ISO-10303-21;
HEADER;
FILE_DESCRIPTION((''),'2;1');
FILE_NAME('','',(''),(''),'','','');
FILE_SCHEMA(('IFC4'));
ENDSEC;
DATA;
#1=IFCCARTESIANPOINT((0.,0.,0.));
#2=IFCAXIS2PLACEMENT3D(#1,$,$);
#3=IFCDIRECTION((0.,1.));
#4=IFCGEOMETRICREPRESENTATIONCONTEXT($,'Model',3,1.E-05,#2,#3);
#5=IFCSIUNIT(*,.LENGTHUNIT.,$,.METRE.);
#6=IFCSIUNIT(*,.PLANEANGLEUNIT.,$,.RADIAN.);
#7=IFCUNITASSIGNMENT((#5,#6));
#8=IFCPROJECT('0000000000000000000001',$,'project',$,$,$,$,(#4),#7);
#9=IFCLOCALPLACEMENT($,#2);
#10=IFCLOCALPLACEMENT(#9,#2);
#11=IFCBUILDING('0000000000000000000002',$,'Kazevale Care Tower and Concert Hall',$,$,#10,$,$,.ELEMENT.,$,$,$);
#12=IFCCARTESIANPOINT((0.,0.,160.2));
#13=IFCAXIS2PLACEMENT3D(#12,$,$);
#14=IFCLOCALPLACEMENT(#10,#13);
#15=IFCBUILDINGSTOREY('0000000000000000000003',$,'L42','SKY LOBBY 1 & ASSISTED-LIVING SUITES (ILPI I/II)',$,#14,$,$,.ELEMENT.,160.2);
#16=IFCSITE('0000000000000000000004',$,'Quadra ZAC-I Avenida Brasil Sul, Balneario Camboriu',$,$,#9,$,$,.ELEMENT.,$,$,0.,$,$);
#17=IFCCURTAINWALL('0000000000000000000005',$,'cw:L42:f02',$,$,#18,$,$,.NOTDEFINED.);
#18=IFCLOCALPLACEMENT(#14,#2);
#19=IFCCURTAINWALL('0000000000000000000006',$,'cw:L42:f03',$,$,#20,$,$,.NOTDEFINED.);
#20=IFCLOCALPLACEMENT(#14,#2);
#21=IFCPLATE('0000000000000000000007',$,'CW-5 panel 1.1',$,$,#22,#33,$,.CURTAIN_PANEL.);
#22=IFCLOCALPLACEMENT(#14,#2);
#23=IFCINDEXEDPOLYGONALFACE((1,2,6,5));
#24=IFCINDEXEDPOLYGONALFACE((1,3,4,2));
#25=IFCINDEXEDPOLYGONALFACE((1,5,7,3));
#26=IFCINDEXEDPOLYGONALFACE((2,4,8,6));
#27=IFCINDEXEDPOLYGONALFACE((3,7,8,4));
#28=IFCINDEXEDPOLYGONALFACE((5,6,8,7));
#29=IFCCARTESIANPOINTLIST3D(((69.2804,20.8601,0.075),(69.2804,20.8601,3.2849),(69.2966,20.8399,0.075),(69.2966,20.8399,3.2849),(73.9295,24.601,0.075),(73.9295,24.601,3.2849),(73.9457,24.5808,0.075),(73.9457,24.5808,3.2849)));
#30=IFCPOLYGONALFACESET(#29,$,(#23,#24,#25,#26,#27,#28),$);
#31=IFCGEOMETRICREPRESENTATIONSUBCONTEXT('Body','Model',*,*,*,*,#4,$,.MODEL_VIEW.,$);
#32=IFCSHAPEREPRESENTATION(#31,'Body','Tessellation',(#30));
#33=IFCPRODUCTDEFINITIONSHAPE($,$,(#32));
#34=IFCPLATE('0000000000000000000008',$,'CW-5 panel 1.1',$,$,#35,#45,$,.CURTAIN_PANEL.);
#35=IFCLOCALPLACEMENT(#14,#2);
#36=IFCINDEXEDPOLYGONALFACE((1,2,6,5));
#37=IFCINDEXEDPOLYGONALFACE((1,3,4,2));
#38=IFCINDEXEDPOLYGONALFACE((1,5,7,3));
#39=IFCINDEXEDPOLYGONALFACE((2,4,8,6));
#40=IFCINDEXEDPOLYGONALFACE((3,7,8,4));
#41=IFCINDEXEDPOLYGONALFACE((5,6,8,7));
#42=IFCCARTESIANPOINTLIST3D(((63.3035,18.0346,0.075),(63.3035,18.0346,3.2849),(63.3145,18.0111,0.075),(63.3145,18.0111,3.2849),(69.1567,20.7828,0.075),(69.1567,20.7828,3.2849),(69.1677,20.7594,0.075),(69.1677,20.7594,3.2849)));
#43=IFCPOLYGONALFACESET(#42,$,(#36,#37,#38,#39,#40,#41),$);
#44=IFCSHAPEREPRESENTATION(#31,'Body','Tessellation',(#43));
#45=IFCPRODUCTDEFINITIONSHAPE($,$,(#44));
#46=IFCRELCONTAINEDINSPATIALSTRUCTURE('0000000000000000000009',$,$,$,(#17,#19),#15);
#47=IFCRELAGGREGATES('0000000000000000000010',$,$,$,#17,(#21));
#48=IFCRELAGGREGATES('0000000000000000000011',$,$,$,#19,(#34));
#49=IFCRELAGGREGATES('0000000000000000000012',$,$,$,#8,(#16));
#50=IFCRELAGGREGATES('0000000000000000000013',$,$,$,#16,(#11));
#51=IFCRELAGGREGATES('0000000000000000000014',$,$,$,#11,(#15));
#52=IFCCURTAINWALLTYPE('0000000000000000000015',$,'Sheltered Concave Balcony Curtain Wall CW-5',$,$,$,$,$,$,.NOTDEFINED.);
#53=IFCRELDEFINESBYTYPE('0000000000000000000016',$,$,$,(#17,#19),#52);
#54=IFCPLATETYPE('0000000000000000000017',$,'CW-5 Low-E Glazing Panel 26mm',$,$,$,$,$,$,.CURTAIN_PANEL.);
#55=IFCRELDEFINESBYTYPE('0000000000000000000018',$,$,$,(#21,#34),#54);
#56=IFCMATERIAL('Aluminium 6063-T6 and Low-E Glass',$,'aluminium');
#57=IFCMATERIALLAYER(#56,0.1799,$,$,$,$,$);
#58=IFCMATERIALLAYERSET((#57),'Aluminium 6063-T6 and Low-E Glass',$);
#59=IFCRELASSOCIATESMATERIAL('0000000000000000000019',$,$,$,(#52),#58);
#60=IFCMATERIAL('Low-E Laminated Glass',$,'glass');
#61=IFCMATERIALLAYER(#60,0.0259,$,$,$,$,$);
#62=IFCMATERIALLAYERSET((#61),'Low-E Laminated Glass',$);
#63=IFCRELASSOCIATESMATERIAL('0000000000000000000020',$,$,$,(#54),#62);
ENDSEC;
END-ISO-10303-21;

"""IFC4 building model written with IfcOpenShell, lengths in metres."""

from ifc_helpers import new_model, si_unit, direction, frame, origin, origin_2d, place, context, subcontext, project, spatial, rectangle, extrude, material, layer, layer_set, type_object, element, aggregate, save


model = new_model("IFC4")

# Units and contexts
model_context = context("Model", 3, precision=1e-05, world=origin(), true_north=direction((0.0, 1.0)))
body_context = subcontext(model_context, "Body", "Model", "MODEL_VIEW")
ifc_project = project(units=[si_unit("LENGTHUNIT", "METRE"), si_unit("PLANEANGLEUNIT", "RADIAN")], contexts=[model_context])

# Site, building, storey
site_placement = place(None, origin())
site = spatial("IfcSite", under=ifc_project, at=site_placement, Name="Quadra ZAC-I Avenida Brasil Sul, Balneario Camboriu", CompositionType="ELEMENT", RefElevation=0.0)
building_placement = place(site_placement, origin())
building = spatial("IfcBuilding", under=site, at=building_placement, Name="Kazevale Care Tower and Concert Hall", CompositionType="ELEMENT")
storey_placement = place(building_placement, frame((0.0, 0.0, 160.2)))
storey = spatial("IfcBuildingStorey", under=building, at=storey_placement, Name="L42", Description="SKY LOBBY 1 & ASSISTED-LIVING SUITES (ILPI I/II)", CompositionType="ELEMENT", Elevation=160.2)

# Shared definitions
ifc_material_1 = material(Name="Aluminium 6063-T6 and Low-E Glass", Category="aluminium")

# Curtain walls
ifc_layer_1 = layer(ifc_material_1, 0.1799)
ifc_layer_set_1 = layer_set([ifc_layer_1], Name="Aluminium 6063-T6 and Low-E Glass")
curtain_wall_type_1 = type_object("IfcCurtainWallType", Name="Sheltered Concave Balcony Curtain Wall CW-5", PredefinedType="NOTDEFINED", material=ifc_layer_set_1)
curtain_wall_1_placement = place(storey_placement, origin())
curtain_wall_1 = element("IfcCurtainWall", 1, at=curtain_wall_1_placement, inside=storey, type_object=curtain_wall_type_1, Name="cw:L42:f02", PredefinedType="NOTDEFINED")
curtain_wall_2_placement = place(storey_placement, origin())
curtain_wall_2 = element("IfcCurtainWall", 2, at=curtain_wall_2_placement, inside=storey, type_object=curtain_wall_type_1, Name="cw:L42:f03", PredefinedType="NOTDEFINED")

# Plates
ifc_material_2 = material(Name="Low-E Laminated Glass", Category="glass")
ifc_layer_2 = layer(ifc_material_2, 0.0259)
ifc_layer_set_2 = layer_set([ifc_layer_2], Name="Low-E Laminated Glass")
plate_type_1 = type_object("IfcPlateType", Name="CW-5 Low-E Glazing Panel 26mm", PredefinedType="CURTAIN_PANEL", material=ifc_layer_set_2)
plate_1_placement = place(storey_placement, frame((71.613, 22.7205, 0.075), z_axis=(0.0, 0.0, 1.0), x_axis=(-0.779095, -0.626905, 0.0)))
plate_1 = element("IfcPlate", 3, at=plate_1_placement, type_object=plate_type_1, Name="CW-5 panel 1.1", PredefinedType="CURTAIN_PANEL", context=body_context, shape_type="SweptSolid", body=[
    extrude(rectangle(XDim=5.9673, YDim=0.0259, at=origin_2d()), origin(), (0.0, 0.0, 1.0), 3.21),
])
aggregate(curtain_wall_1, [plate_1])
plate_2_placement = place(storey_placement, frame((66.2356, 19.397, 0.075), z_axis=(0.0, 0.0, 1.0), x_axis=(-0.905188, -0.425011, 0.0)))
plate_2 = element("IfcPlate", 4, at=plate_2_placement, type_object=plate_type_1, Name="CW-5 panel 1.1", PredefinedType="CURTAIN_PANEL", context=body_context, shape_type="SweptSolid", body=[
    extrude(rectangle(XDim=6.4663, YDim=0.0259, at=origin_2d()), origin(), (0.0, 0.0, 1.0), 3.21),
])
aggregate(curtain_wall_2, [plate_2])

save(model, "model.ifc")
